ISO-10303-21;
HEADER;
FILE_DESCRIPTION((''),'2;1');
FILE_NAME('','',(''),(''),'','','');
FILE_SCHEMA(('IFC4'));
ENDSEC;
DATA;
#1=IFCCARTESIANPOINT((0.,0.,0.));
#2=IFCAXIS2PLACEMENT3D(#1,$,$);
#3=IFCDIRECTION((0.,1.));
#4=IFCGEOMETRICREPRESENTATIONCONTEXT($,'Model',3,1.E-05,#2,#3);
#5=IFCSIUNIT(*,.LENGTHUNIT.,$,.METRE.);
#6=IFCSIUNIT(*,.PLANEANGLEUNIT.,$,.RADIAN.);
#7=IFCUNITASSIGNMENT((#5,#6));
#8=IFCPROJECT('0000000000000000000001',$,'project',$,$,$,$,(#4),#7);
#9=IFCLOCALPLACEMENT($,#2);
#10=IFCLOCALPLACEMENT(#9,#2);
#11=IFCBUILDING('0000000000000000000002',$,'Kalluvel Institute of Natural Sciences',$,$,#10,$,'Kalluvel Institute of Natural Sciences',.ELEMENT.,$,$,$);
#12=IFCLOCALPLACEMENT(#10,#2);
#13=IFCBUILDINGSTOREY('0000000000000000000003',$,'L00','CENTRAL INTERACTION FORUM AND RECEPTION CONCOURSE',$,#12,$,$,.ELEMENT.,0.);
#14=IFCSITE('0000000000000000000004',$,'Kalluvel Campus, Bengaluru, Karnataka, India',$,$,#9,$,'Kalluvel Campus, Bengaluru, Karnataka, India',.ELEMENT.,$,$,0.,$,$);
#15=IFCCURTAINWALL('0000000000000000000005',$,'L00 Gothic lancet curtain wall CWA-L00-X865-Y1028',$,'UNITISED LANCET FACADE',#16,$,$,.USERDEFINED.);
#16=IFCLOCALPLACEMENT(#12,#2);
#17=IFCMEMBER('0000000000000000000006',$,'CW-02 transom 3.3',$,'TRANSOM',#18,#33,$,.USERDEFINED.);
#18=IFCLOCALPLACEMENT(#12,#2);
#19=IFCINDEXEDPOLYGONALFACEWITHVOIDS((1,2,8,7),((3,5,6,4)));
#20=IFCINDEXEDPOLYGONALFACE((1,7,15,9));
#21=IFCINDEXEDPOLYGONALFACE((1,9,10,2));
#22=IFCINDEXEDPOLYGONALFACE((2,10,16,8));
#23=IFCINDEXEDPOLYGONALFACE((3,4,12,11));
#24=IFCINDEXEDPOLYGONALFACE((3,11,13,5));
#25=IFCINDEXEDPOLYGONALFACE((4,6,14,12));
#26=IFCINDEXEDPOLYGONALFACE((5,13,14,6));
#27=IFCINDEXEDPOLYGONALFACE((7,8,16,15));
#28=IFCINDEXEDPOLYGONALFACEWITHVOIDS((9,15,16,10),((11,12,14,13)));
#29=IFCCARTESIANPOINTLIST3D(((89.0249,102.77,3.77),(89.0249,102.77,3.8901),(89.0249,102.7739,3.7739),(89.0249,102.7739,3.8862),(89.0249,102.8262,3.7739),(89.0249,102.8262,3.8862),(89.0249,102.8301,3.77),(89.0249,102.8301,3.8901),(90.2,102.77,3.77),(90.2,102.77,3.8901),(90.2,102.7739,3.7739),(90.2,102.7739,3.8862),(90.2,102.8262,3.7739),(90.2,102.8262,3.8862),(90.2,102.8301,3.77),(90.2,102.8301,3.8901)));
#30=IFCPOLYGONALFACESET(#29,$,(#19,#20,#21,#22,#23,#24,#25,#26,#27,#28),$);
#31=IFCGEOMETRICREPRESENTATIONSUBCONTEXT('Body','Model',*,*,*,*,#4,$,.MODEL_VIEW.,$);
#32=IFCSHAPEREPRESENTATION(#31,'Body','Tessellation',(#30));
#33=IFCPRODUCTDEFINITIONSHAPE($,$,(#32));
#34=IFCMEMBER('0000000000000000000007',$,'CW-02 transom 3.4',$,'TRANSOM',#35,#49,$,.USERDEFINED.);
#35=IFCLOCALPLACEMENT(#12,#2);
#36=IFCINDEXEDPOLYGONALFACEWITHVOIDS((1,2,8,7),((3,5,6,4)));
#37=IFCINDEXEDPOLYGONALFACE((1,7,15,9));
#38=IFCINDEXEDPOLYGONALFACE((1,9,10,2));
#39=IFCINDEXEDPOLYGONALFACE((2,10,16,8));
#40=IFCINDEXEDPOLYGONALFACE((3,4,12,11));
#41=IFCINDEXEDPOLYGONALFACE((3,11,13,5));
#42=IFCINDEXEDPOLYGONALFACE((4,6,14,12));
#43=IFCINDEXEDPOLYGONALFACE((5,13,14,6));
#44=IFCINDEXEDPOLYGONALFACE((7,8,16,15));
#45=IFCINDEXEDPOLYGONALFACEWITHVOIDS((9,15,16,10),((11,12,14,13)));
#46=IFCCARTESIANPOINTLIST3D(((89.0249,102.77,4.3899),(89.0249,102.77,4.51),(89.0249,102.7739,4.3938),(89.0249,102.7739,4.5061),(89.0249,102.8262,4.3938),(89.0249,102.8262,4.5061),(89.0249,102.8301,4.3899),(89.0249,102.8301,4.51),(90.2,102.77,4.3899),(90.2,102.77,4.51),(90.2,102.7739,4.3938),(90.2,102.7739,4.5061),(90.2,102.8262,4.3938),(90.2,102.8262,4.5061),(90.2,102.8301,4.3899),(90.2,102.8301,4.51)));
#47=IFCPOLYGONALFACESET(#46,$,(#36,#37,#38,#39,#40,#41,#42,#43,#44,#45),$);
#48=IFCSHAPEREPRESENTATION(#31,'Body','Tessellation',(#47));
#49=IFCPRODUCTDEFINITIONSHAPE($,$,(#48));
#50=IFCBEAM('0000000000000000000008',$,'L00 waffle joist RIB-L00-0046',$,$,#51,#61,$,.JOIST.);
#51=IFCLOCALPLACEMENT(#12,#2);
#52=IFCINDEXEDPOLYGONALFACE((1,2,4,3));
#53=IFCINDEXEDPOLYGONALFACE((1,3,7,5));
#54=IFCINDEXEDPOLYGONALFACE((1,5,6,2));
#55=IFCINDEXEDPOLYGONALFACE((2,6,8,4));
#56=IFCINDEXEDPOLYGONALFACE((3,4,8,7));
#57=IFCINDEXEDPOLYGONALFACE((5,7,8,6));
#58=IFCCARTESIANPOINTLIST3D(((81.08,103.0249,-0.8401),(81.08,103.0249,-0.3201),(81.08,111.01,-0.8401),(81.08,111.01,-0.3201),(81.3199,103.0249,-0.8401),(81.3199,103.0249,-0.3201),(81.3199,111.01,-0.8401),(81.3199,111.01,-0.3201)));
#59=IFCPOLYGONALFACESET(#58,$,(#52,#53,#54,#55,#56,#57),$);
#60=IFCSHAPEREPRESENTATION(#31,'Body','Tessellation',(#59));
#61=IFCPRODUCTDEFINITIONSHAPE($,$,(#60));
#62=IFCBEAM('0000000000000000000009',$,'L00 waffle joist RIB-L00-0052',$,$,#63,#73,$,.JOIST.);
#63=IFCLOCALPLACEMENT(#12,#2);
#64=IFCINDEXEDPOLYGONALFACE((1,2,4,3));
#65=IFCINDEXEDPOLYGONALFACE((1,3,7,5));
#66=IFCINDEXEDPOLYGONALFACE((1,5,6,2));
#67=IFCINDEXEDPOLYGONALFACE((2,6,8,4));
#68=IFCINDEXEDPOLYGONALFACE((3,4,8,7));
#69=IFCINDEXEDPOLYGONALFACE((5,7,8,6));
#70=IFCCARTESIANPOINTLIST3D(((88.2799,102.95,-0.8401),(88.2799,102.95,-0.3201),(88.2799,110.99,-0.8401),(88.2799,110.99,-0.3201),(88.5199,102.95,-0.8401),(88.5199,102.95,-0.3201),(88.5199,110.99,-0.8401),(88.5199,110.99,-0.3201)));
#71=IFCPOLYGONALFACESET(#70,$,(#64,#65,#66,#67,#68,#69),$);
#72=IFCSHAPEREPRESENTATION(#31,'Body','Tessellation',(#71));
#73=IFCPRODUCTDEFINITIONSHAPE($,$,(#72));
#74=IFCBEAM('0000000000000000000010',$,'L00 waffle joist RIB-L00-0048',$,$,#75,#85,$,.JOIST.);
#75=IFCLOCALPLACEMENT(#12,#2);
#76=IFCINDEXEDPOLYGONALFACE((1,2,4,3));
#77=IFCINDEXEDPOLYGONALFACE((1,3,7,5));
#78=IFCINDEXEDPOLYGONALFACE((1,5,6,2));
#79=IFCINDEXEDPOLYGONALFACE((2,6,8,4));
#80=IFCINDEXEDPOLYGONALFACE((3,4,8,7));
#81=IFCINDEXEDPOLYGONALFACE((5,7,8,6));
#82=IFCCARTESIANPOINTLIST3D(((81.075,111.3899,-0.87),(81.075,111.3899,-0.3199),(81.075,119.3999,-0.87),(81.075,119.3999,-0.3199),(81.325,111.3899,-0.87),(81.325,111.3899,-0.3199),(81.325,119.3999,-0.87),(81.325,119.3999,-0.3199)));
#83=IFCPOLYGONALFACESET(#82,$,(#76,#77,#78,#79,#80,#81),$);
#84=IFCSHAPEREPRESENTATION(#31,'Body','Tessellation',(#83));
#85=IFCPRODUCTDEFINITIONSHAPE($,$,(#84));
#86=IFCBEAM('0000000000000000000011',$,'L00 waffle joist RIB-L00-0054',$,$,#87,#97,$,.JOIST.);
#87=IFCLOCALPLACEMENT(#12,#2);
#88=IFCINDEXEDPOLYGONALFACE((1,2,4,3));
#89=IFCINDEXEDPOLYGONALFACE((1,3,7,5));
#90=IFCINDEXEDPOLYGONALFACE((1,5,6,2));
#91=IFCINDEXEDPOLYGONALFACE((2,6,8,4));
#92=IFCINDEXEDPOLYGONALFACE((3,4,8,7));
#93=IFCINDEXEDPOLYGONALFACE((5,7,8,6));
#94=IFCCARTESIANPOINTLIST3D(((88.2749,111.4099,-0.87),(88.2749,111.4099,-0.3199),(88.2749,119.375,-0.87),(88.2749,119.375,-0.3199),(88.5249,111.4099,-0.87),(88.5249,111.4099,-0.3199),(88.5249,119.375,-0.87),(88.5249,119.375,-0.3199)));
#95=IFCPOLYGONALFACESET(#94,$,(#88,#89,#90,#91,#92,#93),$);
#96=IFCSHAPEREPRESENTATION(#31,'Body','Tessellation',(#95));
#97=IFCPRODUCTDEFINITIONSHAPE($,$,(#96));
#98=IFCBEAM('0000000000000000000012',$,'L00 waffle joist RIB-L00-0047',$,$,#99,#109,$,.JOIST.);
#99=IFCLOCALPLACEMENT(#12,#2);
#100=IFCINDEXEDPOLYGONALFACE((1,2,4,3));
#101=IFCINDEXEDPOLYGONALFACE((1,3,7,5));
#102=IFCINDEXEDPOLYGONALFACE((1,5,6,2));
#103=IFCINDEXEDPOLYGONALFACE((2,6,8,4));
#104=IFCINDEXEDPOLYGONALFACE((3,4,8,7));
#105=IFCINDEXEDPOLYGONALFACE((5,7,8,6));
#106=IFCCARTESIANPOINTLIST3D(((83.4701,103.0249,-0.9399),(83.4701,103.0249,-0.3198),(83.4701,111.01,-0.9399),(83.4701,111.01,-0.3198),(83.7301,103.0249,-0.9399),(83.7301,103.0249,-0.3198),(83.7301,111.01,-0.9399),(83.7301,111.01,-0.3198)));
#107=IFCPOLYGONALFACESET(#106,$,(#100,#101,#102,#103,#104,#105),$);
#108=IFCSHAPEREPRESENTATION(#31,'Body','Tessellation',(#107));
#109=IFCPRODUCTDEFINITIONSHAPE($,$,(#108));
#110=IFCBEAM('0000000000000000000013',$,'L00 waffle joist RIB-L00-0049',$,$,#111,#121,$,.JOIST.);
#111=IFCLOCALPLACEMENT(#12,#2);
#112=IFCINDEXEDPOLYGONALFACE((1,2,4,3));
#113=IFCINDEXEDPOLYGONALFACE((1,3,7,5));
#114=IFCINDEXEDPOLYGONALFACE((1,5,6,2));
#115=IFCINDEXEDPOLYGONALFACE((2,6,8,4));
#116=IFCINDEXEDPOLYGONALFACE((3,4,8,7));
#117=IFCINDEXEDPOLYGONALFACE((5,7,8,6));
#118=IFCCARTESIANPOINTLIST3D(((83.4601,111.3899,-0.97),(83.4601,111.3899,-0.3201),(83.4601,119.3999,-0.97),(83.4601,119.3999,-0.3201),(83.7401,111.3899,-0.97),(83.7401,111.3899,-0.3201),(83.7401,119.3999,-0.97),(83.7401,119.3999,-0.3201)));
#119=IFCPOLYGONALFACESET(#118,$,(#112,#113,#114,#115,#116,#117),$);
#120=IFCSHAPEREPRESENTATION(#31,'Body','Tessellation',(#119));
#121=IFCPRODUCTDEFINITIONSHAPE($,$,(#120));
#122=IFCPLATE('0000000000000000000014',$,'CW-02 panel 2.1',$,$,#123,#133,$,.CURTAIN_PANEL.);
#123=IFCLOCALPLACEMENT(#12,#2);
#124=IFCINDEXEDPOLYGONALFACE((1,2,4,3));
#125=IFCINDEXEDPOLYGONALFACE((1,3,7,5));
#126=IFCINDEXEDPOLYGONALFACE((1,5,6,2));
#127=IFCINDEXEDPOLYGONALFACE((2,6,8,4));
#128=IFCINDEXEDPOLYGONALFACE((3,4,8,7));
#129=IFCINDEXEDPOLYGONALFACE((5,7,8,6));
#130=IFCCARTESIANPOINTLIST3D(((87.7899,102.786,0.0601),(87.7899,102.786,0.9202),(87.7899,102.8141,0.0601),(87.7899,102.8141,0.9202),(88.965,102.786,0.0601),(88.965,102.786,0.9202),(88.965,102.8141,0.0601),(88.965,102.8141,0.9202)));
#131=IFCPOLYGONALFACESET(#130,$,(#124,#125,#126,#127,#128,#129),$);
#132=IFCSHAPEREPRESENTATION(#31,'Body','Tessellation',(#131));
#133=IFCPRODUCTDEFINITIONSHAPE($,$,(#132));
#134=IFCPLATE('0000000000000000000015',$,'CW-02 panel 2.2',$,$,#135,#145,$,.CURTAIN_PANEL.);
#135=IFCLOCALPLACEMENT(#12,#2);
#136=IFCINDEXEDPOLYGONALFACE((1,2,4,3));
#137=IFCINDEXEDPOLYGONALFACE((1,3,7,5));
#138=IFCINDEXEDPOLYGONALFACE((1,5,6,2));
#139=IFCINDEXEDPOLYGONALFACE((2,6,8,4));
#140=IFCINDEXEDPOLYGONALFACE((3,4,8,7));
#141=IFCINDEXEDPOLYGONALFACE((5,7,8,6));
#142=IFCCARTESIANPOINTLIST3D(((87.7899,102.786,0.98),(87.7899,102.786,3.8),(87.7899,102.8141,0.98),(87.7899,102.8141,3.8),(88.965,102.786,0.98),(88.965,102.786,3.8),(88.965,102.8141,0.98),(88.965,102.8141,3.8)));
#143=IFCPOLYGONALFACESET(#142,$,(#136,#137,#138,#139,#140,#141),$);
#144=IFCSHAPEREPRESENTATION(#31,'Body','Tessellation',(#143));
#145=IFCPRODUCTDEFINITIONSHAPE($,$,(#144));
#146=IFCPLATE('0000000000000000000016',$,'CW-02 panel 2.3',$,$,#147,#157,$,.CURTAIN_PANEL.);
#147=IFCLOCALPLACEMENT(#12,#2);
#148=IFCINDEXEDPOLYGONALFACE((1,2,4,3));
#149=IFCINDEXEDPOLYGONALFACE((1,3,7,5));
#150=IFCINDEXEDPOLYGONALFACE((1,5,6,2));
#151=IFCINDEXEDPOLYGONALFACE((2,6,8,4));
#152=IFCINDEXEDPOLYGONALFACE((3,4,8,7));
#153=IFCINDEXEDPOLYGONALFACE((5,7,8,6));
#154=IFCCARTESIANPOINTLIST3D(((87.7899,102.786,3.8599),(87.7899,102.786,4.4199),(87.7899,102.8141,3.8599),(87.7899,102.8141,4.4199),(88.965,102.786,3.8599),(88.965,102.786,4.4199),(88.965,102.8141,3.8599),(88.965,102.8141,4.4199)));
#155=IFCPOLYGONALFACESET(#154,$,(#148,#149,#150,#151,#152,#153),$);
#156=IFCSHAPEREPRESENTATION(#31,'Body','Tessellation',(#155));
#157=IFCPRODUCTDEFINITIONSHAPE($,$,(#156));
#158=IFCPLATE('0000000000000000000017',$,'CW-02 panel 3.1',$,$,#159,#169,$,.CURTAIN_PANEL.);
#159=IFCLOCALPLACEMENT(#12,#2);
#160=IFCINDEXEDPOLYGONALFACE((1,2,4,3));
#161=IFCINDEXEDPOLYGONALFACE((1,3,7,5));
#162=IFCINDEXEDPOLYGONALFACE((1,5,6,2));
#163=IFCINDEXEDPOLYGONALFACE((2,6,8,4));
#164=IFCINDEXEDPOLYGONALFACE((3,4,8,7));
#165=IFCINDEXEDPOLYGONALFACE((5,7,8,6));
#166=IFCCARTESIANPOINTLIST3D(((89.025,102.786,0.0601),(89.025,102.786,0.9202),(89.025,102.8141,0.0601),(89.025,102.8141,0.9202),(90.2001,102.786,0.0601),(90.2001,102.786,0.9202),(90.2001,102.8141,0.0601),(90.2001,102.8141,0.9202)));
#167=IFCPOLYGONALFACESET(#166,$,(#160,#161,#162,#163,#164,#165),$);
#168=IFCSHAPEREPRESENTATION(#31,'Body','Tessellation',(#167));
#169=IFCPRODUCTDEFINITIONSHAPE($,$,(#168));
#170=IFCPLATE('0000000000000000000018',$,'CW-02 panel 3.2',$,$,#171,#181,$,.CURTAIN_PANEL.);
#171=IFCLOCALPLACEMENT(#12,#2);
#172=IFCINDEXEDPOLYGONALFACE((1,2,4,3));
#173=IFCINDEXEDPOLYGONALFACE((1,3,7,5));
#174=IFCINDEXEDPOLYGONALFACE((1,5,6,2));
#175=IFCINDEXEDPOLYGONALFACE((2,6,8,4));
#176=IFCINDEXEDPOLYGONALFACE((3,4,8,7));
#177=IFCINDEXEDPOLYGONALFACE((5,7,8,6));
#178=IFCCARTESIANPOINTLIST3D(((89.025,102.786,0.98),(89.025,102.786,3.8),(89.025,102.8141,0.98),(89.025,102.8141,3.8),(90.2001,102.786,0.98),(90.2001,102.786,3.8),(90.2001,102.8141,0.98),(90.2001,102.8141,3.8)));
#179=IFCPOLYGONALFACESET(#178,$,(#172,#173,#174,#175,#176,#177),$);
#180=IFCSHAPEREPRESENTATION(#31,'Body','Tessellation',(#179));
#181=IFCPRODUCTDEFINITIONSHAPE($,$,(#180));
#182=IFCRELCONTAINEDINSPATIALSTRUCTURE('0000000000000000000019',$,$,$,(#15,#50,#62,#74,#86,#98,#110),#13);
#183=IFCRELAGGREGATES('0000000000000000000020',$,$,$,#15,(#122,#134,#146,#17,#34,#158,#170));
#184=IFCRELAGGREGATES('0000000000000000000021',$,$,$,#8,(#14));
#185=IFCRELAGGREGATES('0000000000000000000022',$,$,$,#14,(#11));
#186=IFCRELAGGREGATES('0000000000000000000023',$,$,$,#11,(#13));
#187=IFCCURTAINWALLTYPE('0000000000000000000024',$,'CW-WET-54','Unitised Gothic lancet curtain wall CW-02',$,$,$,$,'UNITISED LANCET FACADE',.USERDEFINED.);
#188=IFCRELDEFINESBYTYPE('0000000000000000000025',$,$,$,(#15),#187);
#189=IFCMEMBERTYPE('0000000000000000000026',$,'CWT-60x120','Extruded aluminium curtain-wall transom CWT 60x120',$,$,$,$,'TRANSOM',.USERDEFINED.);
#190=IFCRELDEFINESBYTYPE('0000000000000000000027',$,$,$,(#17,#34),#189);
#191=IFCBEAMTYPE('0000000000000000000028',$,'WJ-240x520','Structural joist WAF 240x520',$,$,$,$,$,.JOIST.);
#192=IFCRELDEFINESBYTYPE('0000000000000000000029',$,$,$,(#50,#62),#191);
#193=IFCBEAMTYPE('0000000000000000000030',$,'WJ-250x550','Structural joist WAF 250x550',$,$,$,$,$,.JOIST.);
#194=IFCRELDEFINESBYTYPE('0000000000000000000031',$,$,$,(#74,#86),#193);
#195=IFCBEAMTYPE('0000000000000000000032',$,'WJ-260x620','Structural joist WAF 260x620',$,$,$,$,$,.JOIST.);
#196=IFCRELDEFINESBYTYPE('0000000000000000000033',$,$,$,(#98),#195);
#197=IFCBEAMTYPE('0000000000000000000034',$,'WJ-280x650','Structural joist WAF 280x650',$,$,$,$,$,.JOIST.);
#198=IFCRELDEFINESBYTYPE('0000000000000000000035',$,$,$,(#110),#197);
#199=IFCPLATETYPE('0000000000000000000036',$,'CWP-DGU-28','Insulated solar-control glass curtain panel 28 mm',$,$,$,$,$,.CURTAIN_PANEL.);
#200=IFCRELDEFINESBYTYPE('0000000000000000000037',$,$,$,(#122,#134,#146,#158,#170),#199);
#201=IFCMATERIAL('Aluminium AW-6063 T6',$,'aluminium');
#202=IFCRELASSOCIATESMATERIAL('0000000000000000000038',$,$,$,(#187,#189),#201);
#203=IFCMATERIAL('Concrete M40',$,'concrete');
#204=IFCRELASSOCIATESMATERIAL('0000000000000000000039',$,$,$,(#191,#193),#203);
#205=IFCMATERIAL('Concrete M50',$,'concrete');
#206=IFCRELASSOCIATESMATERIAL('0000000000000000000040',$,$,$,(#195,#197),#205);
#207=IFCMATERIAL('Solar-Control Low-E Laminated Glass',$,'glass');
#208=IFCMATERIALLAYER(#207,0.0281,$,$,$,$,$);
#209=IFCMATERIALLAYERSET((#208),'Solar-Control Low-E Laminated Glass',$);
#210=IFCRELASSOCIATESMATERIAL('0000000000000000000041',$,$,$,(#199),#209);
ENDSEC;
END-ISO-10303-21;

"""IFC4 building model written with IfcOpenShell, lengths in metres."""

from ifc_helpers import new_model, si_unit, direction, frame, origin, origin_2d, place, context, subcontext, project, spatial, rectangle, hollow_rectangle, extrude, material, layer, layer_set, material_profile, profile_set, type_object, element, aggregate, save


model = new_model("IFC4")

# Units and contexts
model_context = context("Model", 3, precision=1e-05, world=origin(), true_north=direction((0.0, 1.0)))
body_context = subcontext(model_context, "Body", "Model", "MODEL_VIEW")
ifc_project = project(units=[si_unit("LENGTHUNIT", "METRE"), si_unit("PLANEANGLEUNIT", "RADIAN")], contexts=[model_context])

# Site, building, storey
site_placement = place(None, origin())
site = spatial("IfcSite", under=ifc_project, at=site_placement, Name="Kalluvel Campus, Bengaluru, Karnataka, India", LongName="Kalluvel Campus, Bengaluru, Karnataka, India", CompositionType="ELEMENT", RefElevation=0.0)
building_placement = place(site_placement, origin())
building = spatial("IfcBuilding", under=site, at=building_placement, Name="Kalluvel Institute of Natural Sciences", LongName="Kalluvel Institute of Natural Sciences", CompositionType="ELEMENT")
storey_placement = place(building_placement, origin())
storey = spatial("IfcBuildingStorey", under=building, at=storey_placement, Name="L00", Description="CENTRAL INTERACTION FORUM AND RECEPTION CONCOURSE", CompositionType="ELEMENT", Elevation=0.0)

# Shared definitions
ifc_material_1 = material(Name="Concrete M50", Category="concrete")

# Shared definitions
ifc_material_2 = material(Name="Concrete M40", Category="concrete")

# Curtain wall, members
ifc_material_3 = material(Name="Aluminium AW-6063 T6", Category="aluminium")
curtain_wall_type = type_object("IfcCurtainWallType", Name="CW-WET-54", Description="Unitised Gothic lancet curtain wall CW-02", ElementType="UNITISED LANCET FACADE", PredefinedType="USERDEFINED", material=ifc_material_3)
curtain_wall_placement = place(storey_placement, origin())
curtain_wall = element("IfcCurtainWall", 1, at=curtain_wall_placement, inside=storey, type_object=curtain_wall_type, Name="L00 Gothic lancet curtain wall CWA-L00-X865-Y1028", ObjectType="UNITISED LANCET FACADE", PredefinedType="USERDEFINED")
ifc_material_profile_1 = material_profile(ifc_material_3, hollow_rectangle(XDim=0.0601, YDim=0.1201, WallThickness=0.0039, at=origin_2d()), Name="CWT 60x120")
ifc_profile_set_1 = profile_set([ifc_material_profile_1], Name="Aluminium AW-6063 T6")
member_type_1 = type_object("IfcMemberType", Name="CWT-60x120", Description="Extruded aluminium curtain-wall transom CWT 60x120", ElementType="TRANSOM", PredefinedType="USERDEFINED", material=ifc_profile_set_1)
member_1_placement = place(storey_placement, frame((89.0249, 102.8, 3.8301), z_axis=(1.0, 0.0, 0.0), x_axis=(0.0, 1.0, 0.0)))
member_1 = element("IfcMember", 2, at=member_1_placement, type_object=member_type_1, Name="CW-02 transom 3.3", ObjectType="TRANSOM", PredefinedType="USERDEFINED", context=body_context, shape_type="SweptSolid", body=[
    extrude(hollow_rectangle(XDim=0.0601, YDim=0.1201, WallThickness=0.0039, at=origin_2d()), origin(), (0.0, 0.0, 1.0), 1.175),
])
member_2_placement = place(storey_placement, frame((89.0249, 102.8, 4.45), z_axis=(1.0, 0.0, 0.0), x_axis=(0.0, 1.0, 0.0)))
member_2 = element("IfcMember", 3, at=member_2_placement, type_object=member_type_1, Name="CW-02 transom 3.4", ObjectType="TRANSOM", PredefinedType="USERDEFINED", context=body_context, shape_type="SweptSolid", body=[
    extrude(hollow_rectangle(XDim=0.0601, YDim=0.1201, WallThickness=0.0039, at=origin_2d()), origin(), (0.0, 0.0, 1.0), 1.175),
])

# Beams
ifc_material_profile_2 = material_profile(ifc_material_2, rectangle(XDim=0.24, YDim=0.52, at=origin_2d()), Name="WAF 240x520")
ifc_profile_set_2 = profile_set([ifc_material_profile_2], Name="Concrete M40")
beam_type_1 = type_object("IfcBeamType", Name="WJ-240x520", Description="Structural joist WAF 240x520", PredefinedType="JOIST", material=ifc_profile_set_2)
beam_1_placement = place(storey_placement, frame((81.2, 103.0249, -0.5801), z_axis=(0.0, 1.0, 0.0), x_axis=(-1.0, 0.0, 0.0)))
element("IfcBeam", 4, at=beam_1_placement, inside=storey, type_object=beam_type_1, Name="L00 waffle joist RIB-L00-0046", PredefinedType="JOIST", context=body_context, shape_type="SweptSolid", body=[
    extrude(rectangle(XDim=0.24, YDim=0.52, at=origin_2d()), origin(), (0.0, 0.0, 1.0), 7.9851),
])
beam_2_placement = place(storey_placement, frame((88.3999, 102.95, -0.5801), z_axis=(0.0, 1.0, 0.0), x_axis=(-1.0, 0.0, 0.0)))
element("IfcBeam", 5, at=beam_2_placement, inside=storey, type_object=beam_type_1, Name="L00 waffle joist RIB-L00-0052", PredefinedType="JOIST", context=body_context, shape_type="SweptSolid", body=[
    extrude(rectangle(XDim=0.24, YDim=0.52, at=origin_2d()), origin(), (0.0, 0.0, 1.0), 8.04),
])
ifc_material_profile_3 = material_profile(ifc_material_2, rectangle(XDim=0.25, YDim=0.55, at=origin_2d()), Name="WAF 250x550")
ifc_profile_set_3 = profile_set([ifc_material_profile_3], Name="Concrete M40")
beam_type_2 = type_object("IfcBeamType", Name="WJ-250x550", Description="Structural joist WAF 250x550", PredefinedType="JOIST", material=ifc_profile_set_3)
beam_3_placement = place(storey_placement, frame((81.2, 111.3899, -0.595), z_axis=(0.0, 1.0, 0.0), x_axis=(-1.0, 0.0, 0.0)))
element("IfcBeam", 6, at=beam_3_placement, inside=storey, type_object=beam_type_2, Name="L00 waffle joist RIB-L00-0048", PredefinedType="JOIST", context=body_context, shape_type="SweptSolid", body=[
    extrude(rectangle(XDim=0.25, YDim=0.55, at=origin_2d()), origin(), (0.0, 0.0, 1.0), 8.01),
])
beam_4_placement = place(storey_placement, frame((88.3999, 111.4099, -0.595), z_axis=(0.0, 1.0, 0.0), x_axis=(-1.0, 0.0, 0.0)))
element("IfcBeam", 7, at=beam_4_placement, inside=storey, type_object=beam_type_2, Name="L00 waffle joist RIB-L00-0054", PredefinedType="JOIST", context=body_context, shape_type="SweptSolid", body=[
    extrude(rectangle(XDim=0.25, YDim=0.55, at=origin_2d()), origin(), (0.0, 0.0, 1.0), 7.9651),
])
ifc_material_profile_4 = material_profile(ifc_material_1, rectangle(XDim=0.26, YDim=0.6201, at=origin_2d()), Name="WAF 260x620")
ifc_profile_set_4 = profile_set([ifc_material_profile_4], Name="Concrete M50")
beam_type_3 = type_object("IfcBeamType", Name="WJ-260x620", Description="Structural joist WAF 260x620", PredefinedType="JOIST", material=ifc_profile_set_4)
beam_5_placement = place(storey_placement, frame((83.6001, 103.0249, -0.6299), z_axis=(0.0, 1.0, 0.0), x_axis=(-1.0, 0.0, 0.0)))
element("IfcBeam", 8, at=beam_5_placement, inside=storey, type_object=beam_type_3, Name="L00 waffle joist RIB-L00-0047", PredefinedType="JOIST", context=body_context, shape_type="SweptSolid", body=[
    extrude(rectangle(XDim=0.26, YDim=0.6201, at=origin_2d()), origin(), (0.0, 0.0, 1.0), 7.9851),
])
ifc_material_profile_5 = material_profile(ifc_material_1, rectangle(XDim=0.28, YDim=0.6499, at=origin_2d()), Name="WAF 280x650")
ifc_profile_set_5 = profile_set([ifc_material_profile_5], Name="Concrete M50")
beam_type_4 = type_object("IfcBeamType", Name="WJ-280x650", Description="Structural joist WAF 280x650", PredefinedType="JOIST", material=ifc_profile_set_5)
beam_6_placement = place(storey_placement, frame((83.6001, 111.3899, -0.645), z_axis=(0.0, 1.0, 0.0), x_axis=(-1.0, 0.0, 0.0)))
element("IfcBeam", 9, at=beam_6_placement, inside=storey, type_object=beam_type_4, Name="L00 waffle joist RIB-L00-0049", PredefinedType="JOIST", context=body_context, shape_type="SweptSolid", body=[
    extrude(rectangle(XDim=0.28, YDim=0.6499, at=origin_2d()), origin(), (0.0, 0.0, 1.0), 8.01),
])

# Plates
ifc_material_4 = material(Name="Solar-Control Low-E Laminated Glass", Category="glass")
ifc_layer = layer(ifc_material_4, 0.0281)
ifc_layer_set = layer_set([ifc_layer], Name="Solar-Control Low-E Laminated Glass")
plate_type = type_object("IfcPlateType", Name="CWP-DGU-28", Description="Insulated solar-control glass curtain panel 28 mm", PredefinedType="CURTAIN_PANEL", material=ifc_layer_set)
plate_1_placement = place(storey_placement, frame((88.3774, 102.8, 0.0601), z_axis=(0.0, 0.0, 1.0), x_axis=(1.0, 0.0, 0.0)))
plate_1 = element("IfcPlate", 10, at=plate_1_placement, type_object=plate_type, Name="CW-02 panel 2.1", PredefinedType="CURTAIN_PANEL", context=body_context, shape_type="SweptSolid", body=[
    extrude(rectangle(XDim=1.175, YDim=0.0281, at=origin_2d()), origin(), (0.0, 0.0, 1.0), 0.8601),
])
plate_2_placement = place(storey_placement, frame((88.3774, 102.8, 0.98), z_axis=(0.0, 0.0, 1.0), x_axis=(1.0, 0.0, 0.0)))
plate_2 = element("IfcPlate", 11, at=plate_2_placement, type_object=plate_type, Name="CW-02 panel 2.2", PredefinedType="CURTAIN_PANEL", context=body_context, shape_type="SweptSolid", body=[
    extrude(rectangle(XDim=1.175, YDim=0.0281, at=origin_2d()), origin(), (0.0, 0.0, 1.0), 2.8201),
])
plate_3_placement = place(storey_placement, frame((88.3774, 102.8, 3.8599), z_axis=(0.0, 0.0, 1.0), x_axis=(1.0, 0.0, 0.0)))
plate_3 = element("IfcPlate", 12, at=plate_3_placement, type_object=plate_type, Name="CW-02 panel 2.3", PredefinedType="CURTAIN_PANEL", context=body_context, shape_type="SweptSolid", body=[
    extrude(rectangle(XDim=1.175, YDim=0.0281, at=origin_2d()), origin(), (0.0, 0.0, 1.0), 0.5601),
])
plate_4_placement = place(storey_placement, frame((89.6125, 102.8, 0.0601), z_axis=(0.0, 0.0, 1.0), x_axis=(1.0, 0.0, 0.0)))
plate_4 = element("IfcPlate", 13, at=plate_4_placement, type_object=plate_type, Name="CW-02 panel 3.1", PredefinedType="CURTAIN_PANEL", context=body_context, shape_type="SweptSolid", body=[
    extrude(rectangle(XDim=1.175, YDim=0.0281, at=origin_2d()), origin(), (0.0, 0.0, 1.0), 0.8601),
])
plate_5_placement = place(storey_placement, frame((89.6125, 102.8, 0.98), z_axis=(0.0, 0.0, 1.0), x_axis=(1.0, 0.0, 0.0)))
plate_5 = element("IfcPlate", 14, at=plate_5_placement, type_object=plate_type, Name="CW-02 panel 3.2", PredefinedType="CURTAIN_PANEL", context=body_context, shape_type="SweptSolid", body=[
    extrude(rectangle(XDim=1.175, YDim=0.0281, at=origin_2d()), origin(), (0.0, 0.0, 1.0), 2.8201),
])
aggregate(curtain_wall, [plate_1, plate_2, plate_3, member_1, member_2, plate_4, plate_5])

save(model, "model.ifc")
